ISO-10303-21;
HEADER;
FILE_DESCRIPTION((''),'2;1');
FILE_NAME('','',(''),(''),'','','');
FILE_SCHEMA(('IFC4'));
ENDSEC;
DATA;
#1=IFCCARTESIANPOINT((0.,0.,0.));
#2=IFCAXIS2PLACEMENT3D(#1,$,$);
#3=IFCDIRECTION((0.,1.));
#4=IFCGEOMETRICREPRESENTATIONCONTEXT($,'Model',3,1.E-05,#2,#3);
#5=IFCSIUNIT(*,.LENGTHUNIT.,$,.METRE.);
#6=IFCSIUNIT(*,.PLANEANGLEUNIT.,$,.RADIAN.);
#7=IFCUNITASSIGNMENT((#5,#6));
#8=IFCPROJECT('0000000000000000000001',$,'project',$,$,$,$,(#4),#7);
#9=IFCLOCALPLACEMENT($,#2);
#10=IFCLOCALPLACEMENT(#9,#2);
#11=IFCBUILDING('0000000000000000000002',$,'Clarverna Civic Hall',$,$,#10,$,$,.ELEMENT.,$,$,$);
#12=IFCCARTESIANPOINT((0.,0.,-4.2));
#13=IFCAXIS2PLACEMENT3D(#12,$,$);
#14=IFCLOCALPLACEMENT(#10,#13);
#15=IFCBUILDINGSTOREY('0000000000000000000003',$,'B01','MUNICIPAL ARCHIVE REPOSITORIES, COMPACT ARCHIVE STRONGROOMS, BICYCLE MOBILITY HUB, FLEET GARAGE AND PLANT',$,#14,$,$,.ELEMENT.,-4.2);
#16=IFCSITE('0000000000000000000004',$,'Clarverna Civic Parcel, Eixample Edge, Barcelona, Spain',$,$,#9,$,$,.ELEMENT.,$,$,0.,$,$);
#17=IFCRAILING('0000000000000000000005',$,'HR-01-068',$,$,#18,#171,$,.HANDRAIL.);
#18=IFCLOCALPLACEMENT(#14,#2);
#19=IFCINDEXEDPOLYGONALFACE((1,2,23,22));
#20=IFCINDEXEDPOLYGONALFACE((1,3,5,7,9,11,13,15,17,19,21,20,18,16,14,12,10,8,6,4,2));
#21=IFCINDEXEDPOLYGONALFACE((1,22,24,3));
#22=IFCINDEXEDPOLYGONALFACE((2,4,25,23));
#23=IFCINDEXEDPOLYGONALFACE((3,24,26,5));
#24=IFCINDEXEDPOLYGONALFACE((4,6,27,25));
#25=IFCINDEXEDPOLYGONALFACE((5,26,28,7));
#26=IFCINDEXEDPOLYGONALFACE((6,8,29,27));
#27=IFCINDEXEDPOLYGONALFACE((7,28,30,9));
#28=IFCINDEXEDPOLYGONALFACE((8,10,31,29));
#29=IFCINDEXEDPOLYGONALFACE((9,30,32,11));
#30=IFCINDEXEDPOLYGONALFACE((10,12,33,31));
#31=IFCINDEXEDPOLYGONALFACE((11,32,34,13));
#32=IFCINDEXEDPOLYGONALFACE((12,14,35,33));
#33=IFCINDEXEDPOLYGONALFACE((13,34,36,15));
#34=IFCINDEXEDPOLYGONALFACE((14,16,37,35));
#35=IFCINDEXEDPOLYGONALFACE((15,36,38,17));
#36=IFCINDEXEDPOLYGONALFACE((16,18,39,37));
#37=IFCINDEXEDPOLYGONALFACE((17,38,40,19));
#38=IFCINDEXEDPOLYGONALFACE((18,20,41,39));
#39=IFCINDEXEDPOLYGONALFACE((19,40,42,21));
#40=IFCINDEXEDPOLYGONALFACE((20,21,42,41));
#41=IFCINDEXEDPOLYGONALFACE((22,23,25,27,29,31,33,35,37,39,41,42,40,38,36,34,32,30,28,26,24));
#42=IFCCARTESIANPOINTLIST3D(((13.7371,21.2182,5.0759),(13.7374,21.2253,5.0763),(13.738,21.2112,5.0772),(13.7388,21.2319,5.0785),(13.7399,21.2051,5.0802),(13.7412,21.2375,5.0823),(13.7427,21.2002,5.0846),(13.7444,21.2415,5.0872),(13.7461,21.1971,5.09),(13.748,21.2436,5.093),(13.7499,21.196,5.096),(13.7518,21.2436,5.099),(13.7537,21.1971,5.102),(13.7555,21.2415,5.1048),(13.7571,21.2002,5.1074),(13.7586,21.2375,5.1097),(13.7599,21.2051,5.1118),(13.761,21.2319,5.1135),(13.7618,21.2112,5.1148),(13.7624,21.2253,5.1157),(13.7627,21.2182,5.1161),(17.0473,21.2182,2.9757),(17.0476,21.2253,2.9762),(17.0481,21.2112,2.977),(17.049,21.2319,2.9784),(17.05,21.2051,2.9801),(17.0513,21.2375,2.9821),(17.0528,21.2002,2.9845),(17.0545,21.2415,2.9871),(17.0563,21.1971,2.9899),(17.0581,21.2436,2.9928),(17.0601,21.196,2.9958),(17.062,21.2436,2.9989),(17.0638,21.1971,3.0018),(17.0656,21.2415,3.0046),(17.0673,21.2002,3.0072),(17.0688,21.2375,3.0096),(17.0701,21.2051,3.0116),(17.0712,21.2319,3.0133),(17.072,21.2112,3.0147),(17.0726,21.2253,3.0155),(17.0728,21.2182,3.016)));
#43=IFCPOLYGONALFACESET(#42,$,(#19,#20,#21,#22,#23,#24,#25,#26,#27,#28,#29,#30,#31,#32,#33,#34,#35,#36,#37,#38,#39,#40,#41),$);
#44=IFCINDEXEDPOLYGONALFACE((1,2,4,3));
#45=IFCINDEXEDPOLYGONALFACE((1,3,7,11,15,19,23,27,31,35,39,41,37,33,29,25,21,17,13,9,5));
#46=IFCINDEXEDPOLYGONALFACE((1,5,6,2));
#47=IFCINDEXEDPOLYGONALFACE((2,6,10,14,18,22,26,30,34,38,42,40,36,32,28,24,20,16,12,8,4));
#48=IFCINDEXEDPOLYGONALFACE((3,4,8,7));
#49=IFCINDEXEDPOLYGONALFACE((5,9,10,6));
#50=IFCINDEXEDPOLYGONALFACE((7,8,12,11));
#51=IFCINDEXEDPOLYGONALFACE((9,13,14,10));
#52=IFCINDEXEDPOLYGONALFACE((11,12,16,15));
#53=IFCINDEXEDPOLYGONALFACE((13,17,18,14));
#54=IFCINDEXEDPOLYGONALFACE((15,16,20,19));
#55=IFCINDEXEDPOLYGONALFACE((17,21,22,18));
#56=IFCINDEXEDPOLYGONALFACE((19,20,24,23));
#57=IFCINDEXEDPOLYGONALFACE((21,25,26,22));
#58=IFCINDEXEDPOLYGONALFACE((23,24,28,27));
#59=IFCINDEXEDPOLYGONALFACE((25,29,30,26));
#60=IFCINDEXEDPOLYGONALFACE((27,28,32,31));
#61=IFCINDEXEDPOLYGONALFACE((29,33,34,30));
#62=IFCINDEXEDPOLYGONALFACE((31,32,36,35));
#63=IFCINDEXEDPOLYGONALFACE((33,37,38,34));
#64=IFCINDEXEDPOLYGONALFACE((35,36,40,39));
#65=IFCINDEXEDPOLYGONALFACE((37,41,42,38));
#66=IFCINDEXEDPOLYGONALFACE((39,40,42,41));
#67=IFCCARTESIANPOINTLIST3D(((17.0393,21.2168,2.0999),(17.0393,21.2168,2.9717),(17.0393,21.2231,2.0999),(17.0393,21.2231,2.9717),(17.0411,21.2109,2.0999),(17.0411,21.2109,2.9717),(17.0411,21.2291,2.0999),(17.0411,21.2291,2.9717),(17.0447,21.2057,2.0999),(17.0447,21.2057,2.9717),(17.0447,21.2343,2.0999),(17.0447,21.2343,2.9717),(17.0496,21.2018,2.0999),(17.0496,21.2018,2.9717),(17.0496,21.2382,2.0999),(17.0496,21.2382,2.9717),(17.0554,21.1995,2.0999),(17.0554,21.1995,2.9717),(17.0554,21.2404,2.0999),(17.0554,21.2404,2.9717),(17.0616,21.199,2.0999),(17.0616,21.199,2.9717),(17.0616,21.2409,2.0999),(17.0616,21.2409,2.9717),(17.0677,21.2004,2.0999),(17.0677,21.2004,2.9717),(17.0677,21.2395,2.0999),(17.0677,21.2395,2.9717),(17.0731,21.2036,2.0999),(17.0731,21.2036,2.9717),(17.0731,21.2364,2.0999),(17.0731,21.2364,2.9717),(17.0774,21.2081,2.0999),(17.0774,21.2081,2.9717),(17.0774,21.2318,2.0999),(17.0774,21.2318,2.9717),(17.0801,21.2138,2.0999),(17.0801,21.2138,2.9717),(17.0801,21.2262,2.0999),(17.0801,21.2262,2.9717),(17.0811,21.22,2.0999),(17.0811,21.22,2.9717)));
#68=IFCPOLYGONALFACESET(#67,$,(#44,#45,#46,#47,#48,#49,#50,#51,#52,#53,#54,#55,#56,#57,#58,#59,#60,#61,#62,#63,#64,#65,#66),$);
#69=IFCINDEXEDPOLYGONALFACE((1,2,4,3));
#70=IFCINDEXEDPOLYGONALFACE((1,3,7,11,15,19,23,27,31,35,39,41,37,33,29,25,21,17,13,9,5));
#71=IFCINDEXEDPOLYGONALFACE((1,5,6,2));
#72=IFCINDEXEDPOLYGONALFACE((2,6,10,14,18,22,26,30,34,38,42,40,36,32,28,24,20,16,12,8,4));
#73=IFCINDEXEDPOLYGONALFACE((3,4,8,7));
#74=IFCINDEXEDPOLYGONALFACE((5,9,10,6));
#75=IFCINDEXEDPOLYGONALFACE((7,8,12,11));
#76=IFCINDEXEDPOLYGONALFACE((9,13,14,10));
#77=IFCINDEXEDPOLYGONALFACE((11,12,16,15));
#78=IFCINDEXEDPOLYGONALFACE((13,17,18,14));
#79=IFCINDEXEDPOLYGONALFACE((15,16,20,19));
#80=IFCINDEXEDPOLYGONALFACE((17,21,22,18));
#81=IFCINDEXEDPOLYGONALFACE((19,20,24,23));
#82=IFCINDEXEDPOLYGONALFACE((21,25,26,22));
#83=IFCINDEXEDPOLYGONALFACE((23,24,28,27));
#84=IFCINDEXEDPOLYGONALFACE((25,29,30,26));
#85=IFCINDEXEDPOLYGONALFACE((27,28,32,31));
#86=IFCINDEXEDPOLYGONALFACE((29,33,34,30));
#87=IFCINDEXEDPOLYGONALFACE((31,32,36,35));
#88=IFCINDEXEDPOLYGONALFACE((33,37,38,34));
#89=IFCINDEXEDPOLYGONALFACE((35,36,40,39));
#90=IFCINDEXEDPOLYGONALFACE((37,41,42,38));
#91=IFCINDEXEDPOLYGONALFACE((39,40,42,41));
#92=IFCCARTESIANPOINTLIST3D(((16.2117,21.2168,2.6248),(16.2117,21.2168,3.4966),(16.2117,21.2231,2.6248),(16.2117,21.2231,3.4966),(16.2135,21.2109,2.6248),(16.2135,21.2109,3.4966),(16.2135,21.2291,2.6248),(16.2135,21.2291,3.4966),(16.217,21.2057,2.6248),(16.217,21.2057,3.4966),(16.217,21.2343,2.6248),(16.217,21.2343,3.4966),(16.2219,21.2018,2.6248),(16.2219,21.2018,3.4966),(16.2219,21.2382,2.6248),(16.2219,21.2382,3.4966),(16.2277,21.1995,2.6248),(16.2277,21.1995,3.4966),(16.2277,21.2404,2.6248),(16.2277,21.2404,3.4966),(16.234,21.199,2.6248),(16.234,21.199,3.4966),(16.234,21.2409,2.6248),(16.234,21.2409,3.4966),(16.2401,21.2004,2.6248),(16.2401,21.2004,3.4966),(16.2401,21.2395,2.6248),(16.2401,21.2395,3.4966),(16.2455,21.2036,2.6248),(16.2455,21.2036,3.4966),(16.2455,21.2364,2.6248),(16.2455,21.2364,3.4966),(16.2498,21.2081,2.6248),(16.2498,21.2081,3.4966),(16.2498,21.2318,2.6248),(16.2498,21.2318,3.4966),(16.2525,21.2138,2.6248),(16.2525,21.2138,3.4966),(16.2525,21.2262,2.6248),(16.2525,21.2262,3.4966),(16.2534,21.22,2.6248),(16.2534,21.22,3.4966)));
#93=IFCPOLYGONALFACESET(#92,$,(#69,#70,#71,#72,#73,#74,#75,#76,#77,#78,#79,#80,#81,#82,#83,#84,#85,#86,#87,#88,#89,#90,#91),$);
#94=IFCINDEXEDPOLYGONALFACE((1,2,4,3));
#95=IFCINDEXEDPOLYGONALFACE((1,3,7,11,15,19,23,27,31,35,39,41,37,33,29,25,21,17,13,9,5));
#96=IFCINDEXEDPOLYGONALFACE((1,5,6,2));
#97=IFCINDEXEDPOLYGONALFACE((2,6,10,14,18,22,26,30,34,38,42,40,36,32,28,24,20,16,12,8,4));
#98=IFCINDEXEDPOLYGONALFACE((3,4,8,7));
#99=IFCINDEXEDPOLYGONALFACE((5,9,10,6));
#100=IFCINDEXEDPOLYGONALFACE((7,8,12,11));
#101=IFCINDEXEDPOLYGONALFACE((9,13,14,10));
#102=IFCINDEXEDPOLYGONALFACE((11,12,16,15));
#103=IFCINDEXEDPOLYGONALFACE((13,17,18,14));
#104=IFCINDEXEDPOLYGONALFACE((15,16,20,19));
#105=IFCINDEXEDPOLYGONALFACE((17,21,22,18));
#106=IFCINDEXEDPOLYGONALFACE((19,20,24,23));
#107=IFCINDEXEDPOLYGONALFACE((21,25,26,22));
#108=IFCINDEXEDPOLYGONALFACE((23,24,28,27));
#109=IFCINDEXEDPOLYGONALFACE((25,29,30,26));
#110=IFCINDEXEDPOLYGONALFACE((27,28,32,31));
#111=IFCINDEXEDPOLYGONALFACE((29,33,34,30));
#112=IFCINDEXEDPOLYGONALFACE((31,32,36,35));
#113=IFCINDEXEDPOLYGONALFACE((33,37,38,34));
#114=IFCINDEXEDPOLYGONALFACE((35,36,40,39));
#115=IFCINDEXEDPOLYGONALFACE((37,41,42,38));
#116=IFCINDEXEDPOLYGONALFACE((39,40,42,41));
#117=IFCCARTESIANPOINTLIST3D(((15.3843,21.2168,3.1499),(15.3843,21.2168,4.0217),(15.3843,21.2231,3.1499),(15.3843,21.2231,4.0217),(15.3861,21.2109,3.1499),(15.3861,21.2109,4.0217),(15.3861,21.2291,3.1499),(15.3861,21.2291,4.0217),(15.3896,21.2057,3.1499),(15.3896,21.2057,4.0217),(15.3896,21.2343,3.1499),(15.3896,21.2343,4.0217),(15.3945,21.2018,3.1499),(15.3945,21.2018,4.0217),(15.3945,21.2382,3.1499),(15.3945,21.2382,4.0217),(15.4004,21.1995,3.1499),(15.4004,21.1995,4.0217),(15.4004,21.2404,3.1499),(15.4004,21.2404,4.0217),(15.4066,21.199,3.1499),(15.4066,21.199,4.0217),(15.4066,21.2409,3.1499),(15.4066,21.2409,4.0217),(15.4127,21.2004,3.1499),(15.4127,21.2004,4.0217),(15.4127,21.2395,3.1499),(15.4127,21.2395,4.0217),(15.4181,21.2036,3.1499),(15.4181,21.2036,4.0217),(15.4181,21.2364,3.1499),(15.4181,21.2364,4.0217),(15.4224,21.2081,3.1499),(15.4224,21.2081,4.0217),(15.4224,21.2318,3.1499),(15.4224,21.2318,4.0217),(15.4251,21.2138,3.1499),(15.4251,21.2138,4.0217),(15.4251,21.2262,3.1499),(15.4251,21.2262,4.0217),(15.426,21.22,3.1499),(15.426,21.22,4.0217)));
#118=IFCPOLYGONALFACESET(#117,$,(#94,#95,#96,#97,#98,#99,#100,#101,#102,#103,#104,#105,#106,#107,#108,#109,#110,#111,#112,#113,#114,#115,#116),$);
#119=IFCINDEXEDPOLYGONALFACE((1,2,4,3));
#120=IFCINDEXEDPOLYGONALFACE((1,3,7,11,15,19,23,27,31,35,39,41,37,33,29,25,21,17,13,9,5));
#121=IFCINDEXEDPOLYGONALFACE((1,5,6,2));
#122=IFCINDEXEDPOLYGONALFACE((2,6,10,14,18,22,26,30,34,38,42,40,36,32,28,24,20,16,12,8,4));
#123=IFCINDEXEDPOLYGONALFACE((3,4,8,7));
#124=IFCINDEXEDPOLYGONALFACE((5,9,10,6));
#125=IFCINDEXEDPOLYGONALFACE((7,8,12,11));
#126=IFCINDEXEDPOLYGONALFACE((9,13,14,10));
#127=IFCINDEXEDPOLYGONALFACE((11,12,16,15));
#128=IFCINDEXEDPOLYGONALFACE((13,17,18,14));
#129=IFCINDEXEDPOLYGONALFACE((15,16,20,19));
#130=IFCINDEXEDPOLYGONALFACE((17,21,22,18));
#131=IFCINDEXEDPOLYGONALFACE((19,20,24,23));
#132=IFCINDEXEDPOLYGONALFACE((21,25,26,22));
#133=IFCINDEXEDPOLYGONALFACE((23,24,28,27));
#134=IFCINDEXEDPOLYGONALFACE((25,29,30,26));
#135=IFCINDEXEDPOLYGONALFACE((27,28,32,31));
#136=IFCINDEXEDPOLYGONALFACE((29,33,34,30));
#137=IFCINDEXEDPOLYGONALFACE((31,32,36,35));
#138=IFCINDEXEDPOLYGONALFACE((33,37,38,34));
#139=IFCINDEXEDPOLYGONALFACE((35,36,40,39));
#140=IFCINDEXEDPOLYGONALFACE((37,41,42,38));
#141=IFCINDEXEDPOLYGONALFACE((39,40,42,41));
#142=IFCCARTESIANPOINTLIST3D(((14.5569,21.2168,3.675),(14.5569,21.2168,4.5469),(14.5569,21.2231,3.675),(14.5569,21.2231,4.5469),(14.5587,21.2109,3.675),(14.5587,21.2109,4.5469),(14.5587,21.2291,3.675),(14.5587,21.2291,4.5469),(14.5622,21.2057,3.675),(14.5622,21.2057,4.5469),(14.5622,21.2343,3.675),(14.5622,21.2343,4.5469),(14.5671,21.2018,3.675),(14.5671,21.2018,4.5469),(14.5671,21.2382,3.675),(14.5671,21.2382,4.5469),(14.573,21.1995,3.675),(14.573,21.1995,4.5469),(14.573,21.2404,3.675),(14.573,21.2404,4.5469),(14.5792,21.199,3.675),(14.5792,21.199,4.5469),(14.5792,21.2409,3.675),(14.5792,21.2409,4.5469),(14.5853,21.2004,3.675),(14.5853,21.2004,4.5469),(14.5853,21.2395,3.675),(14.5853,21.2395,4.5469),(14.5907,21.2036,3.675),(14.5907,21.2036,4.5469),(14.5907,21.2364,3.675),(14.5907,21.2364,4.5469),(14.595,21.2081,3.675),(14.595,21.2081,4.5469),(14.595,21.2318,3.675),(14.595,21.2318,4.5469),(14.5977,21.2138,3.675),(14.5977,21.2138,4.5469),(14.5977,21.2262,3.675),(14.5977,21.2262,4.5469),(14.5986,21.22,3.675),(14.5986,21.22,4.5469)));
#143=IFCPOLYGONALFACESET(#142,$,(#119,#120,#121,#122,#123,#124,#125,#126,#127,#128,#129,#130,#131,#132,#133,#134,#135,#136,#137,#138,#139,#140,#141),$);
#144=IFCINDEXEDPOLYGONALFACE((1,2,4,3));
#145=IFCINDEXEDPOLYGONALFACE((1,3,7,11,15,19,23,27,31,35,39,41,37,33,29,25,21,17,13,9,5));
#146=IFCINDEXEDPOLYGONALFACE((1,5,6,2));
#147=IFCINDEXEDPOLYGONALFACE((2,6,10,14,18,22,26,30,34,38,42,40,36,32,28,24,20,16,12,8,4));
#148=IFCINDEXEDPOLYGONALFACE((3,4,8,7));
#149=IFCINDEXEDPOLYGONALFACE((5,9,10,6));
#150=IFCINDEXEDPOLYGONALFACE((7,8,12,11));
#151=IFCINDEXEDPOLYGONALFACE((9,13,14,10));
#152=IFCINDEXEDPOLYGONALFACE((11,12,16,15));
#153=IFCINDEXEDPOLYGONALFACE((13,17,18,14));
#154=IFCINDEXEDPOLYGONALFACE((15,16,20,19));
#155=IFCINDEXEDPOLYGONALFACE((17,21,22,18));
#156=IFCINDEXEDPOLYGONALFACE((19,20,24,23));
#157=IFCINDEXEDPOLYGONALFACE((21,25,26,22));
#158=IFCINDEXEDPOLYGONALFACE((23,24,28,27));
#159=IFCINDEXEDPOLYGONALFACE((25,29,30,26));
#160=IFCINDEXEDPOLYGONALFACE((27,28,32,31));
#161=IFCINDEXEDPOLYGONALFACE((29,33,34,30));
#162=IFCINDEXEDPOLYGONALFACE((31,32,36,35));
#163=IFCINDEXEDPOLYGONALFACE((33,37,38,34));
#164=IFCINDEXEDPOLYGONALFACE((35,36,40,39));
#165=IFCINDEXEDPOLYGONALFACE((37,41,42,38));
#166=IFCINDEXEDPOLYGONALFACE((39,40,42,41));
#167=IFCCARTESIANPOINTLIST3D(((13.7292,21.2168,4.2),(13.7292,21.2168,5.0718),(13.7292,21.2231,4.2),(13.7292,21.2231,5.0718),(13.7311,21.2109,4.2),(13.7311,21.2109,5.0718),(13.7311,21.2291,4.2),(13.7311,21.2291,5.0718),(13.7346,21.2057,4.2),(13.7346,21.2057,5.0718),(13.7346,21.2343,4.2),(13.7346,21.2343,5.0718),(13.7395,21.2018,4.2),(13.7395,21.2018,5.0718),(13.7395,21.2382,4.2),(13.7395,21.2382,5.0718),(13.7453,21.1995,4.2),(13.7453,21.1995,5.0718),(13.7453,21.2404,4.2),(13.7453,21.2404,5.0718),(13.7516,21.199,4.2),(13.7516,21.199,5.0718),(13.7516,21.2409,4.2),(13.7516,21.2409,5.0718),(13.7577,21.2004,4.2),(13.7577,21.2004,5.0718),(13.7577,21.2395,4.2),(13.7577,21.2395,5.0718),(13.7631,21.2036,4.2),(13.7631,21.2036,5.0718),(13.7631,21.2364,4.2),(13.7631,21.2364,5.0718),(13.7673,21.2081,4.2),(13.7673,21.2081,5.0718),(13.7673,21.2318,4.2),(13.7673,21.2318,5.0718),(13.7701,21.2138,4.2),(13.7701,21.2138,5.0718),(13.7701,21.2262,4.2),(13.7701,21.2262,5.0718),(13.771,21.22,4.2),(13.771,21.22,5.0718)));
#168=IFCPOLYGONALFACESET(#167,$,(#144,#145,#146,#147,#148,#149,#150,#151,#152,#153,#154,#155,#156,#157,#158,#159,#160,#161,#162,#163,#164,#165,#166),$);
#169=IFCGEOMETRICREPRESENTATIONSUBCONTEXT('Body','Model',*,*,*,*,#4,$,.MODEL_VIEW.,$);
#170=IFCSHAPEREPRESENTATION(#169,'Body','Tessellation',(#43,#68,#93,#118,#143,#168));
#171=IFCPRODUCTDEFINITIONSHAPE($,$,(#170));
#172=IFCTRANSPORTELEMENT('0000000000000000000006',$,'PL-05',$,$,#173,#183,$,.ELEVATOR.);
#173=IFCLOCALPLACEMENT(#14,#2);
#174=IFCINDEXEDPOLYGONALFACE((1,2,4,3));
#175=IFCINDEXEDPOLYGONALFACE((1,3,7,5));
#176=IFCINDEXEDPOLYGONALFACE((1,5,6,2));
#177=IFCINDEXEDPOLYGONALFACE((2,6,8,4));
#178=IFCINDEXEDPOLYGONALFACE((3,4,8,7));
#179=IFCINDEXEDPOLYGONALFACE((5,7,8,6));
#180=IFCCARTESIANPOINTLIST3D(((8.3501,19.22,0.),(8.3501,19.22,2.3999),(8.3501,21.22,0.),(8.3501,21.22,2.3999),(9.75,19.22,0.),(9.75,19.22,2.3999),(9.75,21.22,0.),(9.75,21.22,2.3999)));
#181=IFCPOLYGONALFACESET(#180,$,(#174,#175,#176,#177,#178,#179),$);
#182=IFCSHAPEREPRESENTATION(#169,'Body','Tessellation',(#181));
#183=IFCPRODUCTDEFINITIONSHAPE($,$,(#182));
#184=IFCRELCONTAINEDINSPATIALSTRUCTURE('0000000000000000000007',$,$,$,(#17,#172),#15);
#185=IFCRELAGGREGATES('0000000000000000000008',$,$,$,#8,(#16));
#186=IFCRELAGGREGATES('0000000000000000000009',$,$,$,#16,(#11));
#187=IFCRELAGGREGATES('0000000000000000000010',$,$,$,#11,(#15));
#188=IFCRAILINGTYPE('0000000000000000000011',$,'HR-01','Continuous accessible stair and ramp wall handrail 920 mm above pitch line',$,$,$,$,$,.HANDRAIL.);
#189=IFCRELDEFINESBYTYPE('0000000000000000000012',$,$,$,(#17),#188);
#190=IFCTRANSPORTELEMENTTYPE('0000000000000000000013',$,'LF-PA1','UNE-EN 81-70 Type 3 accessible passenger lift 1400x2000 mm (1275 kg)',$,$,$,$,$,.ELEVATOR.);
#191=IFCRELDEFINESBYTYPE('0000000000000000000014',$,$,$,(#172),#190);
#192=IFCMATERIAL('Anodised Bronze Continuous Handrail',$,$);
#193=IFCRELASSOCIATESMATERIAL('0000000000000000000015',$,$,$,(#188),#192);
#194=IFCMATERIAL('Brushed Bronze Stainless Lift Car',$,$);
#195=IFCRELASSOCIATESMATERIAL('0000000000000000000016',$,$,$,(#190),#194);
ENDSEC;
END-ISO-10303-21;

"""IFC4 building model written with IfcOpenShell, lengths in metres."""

from ifc_helpers import new_model, si_unit, direction, frame, origin, origin_2d, place, context, subcontext, project, spatial, rectangle, circle, extrude, material, type_object, element, save


model = new_model("IFC4")

# Units and contexts
model_context = context("Model", 3, precision=1e-05, world=origin(), true_north=direction((0.0, 1.0)))
body_context = subcontext(model_context, "Body", "Model", "MODEL_VIEW")
ifc_project = project(units=[si_unit("LENGTHUNIT", "METRE"), si_unit("PLANEANGLEUNIT", "RADIAN")], contexts=[model_context])

# Site, building, storey
site_placement = place(None, origin())
site = spatial("IfcSite", under=ifc_project, at=site_placement, Name="Clarverna Civic Parcel, Eixample Edge, Barcelona, Spain", CompositionType="ELEMENT", RefElevation=0.0)
building_placement = place(site_placement, origin())
building = spatial("IfcBuilding", under=site, at=building_placement, Name="Clarverna Civic Hall", CompositionType="ELEMENT")
storey_placement = place(building_placement, frame((0.0, 0.0, -4.2)))
storey = spatial("IfcBuildingStorey", under=building, at=storey_placement, Name="B01", Description="MUNICIPAL ARCHIVE REPOSITORIES, COMPACT ARCHIVE STRONGROOMS, BICYCLE MOBILITY HUB, FLEET GARAGE AND PLANT", CompositionType="ELEMENT", Elevation=-4.2)

# Railing
ifc_material_1 = material(Name="Anodised Bronze Continuous Handrail")
railing_type_1 = type_object("IfcRailingType", Name="HR-01", Description="Continuous accessible stair and ramp wall handrail 920 mm above pitch line", PredefinedType="HANDRAIL", material=ifc_material_1)
railing_1_placement = place(storey_placement, frame((17.0601, 21.22, 2.0999)))
element("IfcRailing", 1, at=railing_1_placement, inside=storey, type_object=railing_type_1, Name="HR-01-068", PredefinedType="HANDRAIL", context=body_context, shape_type="SweptSolid", body=[
    extrude(circle(Radius=0.0239, at=origin_2d()), frame((0.0, 0.0, 0.896), z_axis=(-0.844389, 0.0, 0.535731), x_axis=(0.0, -1.0, 0.0)), (0.0, 0.0, 1.0), 3.9202),
    extrude(circle(Radius=0.021, at=origin_2d()), origin(), (0.0, 0.0, 1.0), 0.8718),
    extrude(circle(Radius=0.021, at=origin_2d()), frame((-0.8276, 0.0, 0.5249)), (0.0, 0.0, 1.0), 0.8718),
    extrude(circle(Radius=0.021, at=origin_2d()), frame((-1.655, 0.0, 1.05)), (0.0, 0.0, 1.0), 0.8718),
    extrude(circle(Radius=0.021, at=origin_2d()), frame((-2.4824, 0.0, 1.5752)), (0.0, 0.0, 1.0), 0.8718),
    extrude(circle(Radius=0.021, at=origin_2d()), frame((-3.3101, 0.0, 2.1001)), (0.0, 0.0, 1.0), 0.8718),
])

# Transport element
ifc_material_2 = material(Name="Brushed Bronze Stainless Lift Car")
transport_element_type = type_object("IfcTransportElementType", Name="LF-PA1", Description="UNE-EN 81-70 Type 3 accessible passenger lift 1400x2000 mm (1275 kg)", PredefinedType="ELEVATOR", material=ifc_material_2)
transport_element_placement = place(storey_placement, frame((9.05, 20.22, 0.0), z_axis=(0.0, 0.0, 1.0), x_axis=(1.0, 0.0, 0.0)))
element("IfcTransportElement", 2, at=transport_element_placement, inside=storey, type_object=transport_element_type, Name="PL-05", PredefinedType="ELEVATOR", context=body_context, shape_type="SweptSolid", body=[
    extrude(rectangle(XDim=1.3999, YDim=2.0, at=origin_2d()), origin(), (0.0, 0.0, 1.0), 2.3999),
])

save(model, "model.ifc")
